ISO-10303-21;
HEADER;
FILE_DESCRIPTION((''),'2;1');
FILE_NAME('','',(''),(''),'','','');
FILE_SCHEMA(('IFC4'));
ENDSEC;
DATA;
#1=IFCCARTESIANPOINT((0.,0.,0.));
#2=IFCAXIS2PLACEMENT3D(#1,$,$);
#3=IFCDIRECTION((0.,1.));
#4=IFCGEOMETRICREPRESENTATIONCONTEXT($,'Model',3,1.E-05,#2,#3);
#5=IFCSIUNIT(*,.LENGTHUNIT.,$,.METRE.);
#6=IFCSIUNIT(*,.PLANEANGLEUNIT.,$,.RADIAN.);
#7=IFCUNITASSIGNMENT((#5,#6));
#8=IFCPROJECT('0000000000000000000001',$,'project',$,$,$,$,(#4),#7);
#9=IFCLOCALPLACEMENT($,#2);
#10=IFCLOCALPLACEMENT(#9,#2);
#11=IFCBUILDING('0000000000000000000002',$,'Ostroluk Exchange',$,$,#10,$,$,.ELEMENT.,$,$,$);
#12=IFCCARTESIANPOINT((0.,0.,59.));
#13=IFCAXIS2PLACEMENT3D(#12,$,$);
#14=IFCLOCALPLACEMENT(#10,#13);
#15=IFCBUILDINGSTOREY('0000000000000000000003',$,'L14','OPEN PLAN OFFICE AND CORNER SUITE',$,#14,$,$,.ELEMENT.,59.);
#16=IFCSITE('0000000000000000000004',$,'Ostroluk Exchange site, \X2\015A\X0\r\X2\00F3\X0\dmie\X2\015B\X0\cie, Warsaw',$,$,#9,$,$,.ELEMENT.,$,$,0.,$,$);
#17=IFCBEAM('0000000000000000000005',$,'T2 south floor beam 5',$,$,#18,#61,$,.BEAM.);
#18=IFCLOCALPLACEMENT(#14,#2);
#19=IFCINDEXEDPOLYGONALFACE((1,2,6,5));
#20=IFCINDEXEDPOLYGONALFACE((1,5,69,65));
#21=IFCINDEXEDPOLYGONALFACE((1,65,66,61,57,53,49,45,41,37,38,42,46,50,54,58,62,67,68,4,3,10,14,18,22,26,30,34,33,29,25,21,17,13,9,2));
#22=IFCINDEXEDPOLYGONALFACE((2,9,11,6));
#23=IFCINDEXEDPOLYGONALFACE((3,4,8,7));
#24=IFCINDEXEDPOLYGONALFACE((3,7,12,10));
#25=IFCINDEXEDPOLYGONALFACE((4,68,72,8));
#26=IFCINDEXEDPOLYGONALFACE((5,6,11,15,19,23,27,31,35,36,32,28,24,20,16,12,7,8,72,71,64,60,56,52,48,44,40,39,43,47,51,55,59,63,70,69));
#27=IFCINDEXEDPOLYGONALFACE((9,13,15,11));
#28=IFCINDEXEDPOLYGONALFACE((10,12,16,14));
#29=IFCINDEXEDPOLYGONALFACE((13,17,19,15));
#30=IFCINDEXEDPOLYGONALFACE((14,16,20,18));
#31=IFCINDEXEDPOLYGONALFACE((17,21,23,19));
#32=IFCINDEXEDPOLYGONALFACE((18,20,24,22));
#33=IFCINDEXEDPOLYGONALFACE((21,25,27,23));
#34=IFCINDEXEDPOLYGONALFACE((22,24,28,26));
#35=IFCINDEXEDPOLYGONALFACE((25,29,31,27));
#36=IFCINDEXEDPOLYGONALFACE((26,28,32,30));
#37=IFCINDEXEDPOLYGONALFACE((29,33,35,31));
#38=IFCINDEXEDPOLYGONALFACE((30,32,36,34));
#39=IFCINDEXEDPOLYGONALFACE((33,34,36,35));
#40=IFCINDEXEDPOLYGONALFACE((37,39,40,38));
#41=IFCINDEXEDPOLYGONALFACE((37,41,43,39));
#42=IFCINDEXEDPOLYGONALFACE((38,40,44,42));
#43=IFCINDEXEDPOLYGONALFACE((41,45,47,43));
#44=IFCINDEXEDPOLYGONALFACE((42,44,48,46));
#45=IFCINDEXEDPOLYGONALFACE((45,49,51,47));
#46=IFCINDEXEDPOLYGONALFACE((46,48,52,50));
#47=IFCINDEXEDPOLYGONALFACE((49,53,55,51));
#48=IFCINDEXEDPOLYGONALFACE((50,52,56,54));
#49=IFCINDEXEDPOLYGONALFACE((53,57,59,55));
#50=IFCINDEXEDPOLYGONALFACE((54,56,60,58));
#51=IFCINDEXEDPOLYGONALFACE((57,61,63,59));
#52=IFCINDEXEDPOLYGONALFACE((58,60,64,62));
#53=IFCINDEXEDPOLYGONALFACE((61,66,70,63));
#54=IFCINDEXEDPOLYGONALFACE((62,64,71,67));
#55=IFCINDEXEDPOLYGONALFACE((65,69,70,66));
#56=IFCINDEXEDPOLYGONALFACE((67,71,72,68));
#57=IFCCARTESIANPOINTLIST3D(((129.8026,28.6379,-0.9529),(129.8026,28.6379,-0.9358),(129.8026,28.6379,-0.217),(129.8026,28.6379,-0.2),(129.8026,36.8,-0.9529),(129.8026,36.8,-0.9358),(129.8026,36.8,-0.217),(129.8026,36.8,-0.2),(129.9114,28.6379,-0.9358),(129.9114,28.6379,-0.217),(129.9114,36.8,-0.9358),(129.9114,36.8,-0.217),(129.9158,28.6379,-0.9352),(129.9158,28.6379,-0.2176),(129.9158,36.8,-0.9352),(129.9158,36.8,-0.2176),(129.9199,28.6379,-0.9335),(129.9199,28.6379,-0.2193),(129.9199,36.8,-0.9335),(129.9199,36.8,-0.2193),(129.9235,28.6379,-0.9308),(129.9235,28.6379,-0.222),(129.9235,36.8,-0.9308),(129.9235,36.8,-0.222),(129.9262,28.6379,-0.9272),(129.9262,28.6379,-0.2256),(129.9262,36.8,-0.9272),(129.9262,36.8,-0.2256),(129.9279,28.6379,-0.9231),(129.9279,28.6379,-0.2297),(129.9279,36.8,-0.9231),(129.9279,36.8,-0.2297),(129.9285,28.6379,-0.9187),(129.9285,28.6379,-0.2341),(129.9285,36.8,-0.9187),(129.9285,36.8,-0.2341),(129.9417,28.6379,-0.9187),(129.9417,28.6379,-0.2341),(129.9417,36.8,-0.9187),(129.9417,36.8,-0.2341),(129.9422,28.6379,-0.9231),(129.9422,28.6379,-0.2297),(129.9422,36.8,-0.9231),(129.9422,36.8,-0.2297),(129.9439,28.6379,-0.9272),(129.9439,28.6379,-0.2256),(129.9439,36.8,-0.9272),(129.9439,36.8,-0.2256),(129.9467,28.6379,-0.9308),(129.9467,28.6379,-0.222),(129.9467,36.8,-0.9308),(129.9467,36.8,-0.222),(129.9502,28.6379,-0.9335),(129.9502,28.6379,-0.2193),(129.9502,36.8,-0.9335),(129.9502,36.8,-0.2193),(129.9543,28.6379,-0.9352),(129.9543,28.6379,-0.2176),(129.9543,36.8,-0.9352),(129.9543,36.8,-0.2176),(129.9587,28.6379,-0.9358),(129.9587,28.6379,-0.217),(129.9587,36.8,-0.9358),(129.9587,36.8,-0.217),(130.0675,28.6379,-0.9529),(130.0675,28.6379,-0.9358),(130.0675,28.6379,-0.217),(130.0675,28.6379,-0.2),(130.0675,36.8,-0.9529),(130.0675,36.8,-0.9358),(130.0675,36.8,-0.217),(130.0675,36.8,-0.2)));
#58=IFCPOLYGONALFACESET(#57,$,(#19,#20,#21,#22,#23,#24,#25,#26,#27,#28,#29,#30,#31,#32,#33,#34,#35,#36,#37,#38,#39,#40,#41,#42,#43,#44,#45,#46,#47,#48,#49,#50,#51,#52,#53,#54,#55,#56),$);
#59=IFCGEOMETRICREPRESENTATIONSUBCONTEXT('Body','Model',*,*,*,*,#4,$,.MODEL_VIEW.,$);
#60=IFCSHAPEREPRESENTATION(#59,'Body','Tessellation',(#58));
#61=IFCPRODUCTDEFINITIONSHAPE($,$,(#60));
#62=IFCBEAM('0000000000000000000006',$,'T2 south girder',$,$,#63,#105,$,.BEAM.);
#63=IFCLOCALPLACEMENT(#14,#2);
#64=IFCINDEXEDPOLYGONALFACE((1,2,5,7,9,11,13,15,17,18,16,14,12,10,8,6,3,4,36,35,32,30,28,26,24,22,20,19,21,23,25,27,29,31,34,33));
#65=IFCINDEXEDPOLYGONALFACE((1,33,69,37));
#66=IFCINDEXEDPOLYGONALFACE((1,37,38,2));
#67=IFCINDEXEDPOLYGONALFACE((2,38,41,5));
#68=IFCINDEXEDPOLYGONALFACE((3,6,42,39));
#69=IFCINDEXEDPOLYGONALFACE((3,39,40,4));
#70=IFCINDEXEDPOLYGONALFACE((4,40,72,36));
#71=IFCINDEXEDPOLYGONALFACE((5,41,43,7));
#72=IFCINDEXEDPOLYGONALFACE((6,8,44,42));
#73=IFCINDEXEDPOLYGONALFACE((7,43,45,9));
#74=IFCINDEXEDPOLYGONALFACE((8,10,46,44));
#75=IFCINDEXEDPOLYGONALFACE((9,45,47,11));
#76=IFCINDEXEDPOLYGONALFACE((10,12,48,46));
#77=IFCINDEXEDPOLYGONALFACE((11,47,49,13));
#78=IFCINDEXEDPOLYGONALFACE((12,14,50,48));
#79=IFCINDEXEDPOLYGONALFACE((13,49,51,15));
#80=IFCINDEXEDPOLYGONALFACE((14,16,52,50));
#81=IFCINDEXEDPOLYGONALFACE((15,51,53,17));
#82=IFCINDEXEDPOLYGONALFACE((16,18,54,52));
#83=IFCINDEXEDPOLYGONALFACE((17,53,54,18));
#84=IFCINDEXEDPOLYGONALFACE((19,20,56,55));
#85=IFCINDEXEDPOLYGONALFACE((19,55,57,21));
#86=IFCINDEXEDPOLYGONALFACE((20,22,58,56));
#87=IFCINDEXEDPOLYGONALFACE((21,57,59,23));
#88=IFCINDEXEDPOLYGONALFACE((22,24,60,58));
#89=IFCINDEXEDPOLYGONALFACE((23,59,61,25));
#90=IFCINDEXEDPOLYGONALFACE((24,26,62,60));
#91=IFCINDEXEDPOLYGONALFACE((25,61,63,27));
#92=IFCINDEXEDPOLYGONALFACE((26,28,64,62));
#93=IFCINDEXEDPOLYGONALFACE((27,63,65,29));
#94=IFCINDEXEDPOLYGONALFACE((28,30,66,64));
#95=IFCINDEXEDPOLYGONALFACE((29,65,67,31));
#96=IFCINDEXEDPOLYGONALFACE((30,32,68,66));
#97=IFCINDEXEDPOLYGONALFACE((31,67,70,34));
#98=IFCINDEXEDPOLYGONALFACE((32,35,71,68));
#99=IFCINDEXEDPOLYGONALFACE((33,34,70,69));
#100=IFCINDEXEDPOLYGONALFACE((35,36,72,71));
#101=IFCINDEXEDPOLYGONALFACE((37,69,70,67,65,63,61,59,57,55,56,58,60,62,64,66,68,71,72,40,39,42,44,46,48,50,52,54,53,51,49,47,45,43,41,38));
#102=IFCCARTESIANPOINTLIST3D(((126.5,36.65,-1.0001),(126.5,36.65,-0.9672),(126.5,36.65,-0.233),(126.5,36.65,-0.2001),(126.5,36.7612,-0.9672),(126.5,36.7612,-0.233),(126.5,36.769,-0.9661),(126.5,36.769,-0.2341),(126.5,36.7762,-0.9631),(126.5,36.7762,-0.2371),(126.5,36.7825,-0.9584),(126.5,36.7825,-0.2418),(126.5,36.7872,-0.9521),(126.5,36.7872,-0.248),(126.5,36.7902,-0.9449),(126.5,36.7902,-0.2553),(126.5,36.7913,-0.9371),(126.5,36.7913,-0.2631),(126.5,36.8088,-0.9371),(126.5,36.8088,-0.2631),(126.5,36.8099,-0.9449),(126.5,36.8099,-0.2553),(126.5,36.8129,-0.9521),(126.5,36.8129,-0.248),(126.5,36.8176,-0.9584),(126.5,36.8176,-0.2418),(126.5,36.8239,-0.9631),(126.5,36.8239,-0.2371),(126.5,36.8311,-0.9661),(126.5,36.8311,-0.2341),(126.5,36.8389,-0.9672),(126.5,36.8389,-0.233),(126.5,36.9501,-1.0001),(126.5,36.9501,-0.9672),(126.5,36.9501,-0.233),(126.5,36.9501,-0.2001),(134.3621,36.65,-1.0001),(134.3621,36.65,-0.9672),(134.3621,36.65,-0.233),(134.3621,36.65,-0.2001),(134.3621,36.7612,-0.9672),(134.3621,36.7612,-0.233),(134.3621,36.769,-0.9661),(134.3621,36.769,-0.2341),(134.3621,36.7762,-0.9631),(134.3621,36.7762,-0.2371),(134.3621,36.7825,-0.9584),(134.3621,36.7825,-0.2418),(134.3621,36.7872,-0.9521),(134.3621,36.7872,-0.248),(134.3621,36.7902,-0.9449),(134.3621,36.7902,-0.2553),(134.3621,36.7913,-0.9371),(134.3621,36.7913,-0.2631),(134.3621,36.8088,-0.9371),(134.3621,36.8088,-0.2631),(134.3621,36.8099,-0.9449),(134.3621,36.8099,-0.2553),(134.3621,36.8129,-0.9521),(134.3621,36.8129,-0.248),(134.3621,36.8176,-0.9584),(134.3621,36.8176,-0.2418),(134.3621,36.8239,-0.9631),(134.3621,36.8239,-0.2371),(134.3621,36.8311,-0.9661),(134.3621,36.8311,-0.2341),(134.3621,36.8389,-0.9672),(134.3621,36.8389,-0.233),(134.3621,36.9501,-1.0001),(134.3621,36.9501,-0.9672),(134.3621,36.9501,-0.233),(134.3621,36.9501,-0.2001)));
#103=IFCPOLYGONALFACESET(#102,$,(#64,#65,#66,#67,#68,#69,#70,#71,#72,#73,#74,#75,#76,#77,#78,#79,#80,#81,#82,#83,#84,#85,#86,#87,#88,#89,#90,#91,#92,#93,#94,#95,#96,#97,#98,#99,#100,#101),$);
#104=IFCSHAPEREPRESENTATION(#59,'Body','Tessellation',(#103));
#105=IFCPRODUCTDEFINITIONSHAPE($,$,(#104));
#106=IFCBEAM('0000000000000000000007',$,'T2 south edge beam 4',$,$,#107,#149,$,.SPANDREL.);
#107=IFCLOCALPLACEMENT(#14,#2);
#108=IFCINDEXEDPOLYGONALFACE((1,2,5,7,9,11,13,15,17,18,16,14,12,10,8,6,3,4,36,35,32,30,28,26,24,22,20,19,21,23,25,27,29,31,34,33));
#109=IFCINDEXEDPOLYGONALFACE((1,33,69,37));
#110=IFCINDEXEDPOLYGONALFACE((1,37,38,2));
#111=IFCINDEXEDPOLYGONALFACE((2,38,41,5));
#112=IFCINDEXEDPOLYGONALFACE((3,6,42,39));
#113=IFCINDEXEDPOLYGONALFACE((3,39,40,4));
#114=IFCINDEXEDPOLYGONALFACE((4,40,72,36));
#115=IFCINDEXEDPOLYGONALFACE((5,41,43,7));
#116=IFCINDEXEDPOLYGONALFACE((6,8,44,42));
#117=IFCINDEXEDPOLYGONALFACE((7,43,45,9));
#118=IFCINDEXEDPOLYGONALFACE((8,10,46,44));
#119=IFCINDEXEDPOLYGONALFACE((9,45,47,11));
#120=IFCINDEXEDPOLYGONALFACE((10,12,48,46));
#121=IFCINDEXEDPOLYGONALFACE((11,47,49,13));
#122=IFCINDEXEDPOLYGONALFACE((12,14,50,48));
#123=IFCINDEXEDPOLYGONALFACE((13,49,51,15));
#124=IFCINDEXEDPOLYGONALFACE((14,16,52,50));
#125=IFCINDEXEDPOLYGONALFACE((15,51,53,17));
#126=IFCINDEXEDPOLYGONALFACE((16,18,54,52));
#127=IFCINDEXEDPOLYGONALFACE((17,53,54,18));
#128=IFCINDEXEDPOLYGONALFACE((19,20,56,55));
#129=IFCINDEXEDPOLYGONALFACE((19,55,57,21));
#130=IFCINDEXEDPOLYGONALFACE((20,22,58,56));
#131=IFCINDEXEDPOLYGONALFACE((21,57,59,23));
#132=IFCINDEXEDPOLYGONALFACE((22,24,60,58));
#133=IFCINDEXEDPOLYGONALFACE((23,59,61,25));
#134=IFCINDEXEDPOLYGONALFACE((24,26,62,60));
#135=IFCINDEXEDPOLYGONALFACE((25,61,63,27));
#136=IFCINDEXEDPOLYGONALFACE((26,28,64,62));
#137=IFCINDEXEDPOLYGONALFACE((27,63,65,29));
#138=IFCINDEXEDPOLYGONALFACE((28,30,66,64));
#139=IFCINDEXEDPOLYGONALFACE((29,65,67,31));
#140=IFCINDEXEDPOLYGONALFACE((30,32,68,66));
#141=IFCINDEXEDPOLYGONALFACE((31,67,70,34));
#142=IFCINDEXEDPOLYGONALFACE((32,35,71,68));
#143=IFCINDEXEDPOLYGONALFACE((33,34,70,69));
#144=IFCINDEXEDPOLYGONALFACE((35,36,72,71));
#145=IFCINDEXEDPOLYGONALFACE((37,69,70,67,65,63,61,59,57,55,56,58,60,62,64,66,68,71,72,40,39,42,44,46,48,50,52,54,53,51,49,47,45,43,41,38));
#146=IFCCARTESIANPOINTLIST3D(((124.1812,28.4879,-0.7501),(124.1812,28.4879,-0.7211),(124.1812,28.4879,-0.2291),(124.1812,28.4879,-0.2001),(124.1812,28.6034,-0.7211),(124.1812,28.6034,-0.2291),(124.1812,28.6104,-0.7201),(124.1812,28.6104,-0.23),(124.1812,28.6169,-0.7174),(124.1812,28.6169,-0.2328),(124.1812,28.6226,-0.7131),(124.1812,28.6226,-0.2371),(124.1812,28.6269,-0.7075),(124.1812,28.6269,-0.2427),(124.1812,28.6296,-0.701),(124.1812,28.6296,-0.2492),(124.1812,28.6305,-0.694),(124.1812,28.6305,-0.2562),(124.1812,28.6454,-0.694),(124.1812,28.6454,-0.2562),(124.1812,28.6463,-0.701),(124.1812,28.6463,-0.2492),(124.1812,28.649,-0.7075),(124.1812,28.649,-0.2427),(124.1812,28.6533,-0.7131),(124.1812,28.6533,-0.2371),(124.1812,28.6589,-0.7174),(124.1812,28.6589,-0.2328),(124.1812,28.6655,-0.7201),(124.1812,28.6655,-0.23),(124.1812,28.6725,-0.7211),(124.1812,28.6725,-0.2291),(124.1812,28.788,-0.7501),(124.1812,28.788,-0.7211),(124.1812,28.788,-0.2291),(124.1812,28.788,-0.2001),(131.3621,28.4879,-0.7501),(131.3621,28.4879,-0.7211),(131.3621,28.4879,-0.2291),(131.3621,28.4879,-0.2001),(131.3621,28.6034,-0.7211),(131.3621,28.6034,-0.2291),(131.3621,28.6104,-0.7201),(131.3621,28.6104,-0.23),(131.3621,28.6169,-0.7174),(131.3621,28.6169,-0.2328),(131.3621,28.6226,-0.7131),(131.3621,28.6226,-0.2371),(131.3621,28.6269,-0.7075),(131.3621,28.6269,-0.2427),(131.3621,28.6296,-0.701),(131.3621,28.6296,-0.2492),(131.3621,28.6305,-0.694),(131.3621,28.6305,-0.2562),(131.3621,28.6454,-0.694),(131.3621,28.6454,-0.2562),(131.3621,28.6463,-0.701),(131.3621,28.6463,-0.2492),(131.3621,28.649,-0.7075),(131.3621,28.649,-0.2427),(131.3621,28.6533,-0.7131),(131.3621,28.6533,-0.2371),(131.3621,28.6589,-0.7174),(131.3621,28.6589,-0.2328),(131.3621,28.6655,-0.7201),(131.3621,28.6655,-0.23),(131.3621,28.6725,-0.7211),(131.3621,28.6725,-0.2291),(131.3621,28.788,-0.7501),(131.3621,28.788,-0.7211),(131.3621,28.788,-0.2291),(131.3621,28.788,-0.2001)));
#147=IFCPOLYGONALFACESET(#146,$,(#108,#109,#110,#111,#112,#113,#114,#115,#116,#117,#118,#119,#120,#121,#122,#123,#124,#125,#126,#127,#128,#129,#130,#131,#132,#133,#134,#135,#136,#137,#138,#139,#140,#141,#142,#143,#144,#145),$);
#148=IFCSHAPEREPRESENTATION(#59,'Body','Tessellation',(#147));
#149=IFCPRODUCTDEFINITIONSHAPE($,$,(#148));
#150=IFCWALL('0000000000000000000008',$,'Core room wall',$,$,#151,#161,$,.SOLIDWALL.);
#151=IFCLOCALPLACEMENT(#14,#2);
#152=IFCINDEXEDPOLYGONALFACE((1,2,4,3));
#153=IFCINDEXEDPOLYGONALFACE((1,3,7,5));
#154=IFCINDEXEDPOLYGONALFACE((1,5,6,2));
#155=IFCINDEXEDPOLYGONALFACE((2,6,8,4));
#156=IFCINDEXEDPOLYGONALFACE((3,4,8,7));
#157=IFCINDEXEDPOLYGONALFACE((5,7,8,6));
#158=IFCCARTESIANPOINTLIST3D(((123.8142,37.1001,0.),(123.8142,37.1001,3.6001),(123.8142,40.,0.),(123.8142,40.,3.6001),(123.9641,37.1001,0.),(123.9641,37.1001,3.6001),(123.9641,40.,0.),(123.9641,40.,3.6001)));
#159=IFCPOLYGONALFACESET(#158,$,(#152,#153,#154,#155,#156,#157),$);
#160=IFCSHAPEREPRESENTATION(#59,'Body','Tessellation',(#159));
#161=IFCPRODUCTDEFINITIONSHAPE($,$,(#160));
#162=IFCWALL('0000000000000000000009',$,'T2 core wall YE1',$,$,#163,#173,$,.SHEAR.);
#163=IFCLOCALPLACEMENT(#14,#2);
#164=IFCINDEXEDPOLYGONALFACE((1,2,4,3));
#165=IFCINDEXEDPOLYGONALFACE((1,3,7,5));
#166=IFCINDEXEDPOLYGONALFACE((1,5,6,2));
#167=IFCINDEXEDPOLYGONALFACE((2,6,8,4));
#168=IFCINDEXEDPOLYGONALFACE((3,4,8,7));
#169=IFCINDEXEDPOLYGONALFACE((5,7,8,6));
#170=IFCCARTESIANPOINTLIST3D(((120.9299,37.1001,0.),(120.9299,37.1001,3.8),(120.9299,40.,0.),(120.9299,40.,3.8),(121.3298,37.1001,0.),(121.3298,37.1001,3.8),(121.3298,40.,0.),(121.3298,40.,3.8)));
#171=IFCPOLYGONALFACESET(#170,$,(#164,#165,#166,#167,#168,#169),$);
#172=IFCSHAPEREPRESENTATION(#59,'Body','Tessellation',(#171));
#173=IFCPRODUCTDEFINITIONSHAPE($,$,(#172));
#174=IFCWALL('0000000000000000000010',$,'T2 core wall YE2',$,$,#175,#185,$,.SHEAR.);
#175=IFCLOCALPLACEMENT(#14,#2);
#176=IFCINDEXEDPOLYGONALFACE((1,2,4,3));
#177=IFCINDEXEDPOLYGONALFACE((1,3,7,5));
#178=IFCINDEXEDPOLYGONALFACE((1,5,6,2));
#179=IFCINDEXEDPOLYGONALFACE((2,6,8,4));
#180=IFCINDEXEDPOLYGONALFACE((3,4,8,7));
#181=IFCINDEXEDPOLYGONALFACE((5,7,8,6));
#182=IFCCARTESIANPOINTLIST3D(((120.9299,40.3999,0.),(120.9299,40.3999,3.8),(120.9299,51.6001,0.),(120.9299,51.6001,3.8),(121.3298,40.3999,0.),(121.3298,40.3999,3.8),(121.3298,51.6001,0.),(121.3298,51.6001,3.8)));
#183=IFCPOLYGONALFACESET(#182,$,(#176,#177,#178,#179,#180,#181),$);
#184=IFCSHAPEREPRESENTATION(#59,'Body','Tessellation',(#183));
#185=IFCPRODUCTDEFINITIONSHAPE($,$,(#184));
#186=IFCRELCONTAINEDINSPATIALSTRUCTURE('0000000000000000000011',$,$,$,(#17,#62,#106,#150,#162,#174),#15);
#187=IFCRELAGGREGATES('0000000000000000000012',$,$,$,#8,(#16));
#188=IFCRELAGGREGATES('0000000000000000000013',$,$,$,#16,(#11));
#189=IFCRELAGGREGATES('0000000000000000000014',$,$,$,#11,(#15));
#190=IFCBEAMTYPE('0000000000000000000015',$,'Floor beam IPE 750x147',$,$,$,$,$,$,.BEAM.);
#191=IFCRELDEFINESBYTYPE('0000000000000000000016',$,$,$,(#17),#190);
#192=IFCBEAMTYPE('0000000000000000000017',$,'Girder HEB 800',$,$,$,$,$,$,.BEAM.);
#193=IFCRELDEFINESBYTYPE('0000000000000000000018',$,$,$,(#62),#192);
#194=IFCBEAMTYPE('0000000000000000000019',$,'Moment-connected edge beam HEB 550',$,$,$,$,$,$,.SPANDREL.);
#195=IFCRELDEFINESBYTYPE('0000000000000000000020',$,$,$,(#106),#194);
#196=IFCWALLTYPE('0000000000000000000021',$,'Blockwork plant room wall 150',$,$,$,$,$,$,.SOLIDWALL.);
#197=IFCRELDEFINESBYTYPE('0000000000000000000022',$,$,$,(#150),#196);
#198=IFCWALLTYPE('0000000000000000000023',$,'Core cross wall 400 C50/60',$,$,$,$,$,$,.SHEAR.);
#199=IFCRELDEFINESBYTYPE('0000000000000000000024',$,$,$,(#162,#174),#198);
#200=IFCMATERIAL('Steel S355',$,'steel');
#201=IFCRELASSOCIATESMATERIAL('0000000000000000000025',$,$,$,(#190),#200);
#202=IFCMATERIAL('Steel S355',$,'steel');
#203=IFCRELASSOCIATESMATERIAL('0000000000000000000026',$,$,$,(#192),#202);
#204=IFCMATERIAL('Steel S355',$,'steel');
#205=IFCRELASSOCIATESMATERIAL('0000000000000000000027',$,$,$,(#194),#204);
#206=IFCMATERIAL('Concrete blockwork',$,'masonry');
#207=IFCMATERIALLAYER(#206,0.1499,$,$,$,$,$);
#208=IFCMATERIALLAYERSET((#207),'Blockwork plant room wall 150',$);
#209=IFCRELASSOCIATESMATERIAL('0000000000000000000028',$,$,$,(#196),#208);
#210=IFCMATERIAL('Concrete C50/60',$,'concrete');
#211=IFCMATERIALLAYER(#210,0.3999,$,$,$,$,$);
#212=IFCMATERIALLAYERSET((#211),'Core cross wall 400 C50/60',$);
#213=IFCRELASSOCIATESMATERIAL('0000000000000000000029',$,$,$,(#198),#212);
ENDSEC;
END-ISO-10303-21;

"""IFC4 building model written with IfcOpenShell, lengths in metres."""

from ifc_helpers import new_model, si_unit, direction, frame, frame_2d, origin, origin_2d, place, context, subcontext, project, spatial, rectangle, i_section, extrude, material, layer, layer_set, material_profile, profile_set, type_object, element, save


model = new_model("IFC4")

# Units and contexts
model_context = context("Model", 3, precision=1e-05, world=origin(), true_north=direction((0.0, 1.0)))
body_context = subcontext(model_context, "Body", "Model", "MODEL_VIEW")
ifc_project = project(units=[si_unit("LENGTHUNIT", "METRE"), si_unit("PLANEANGLEUNIT", "RADIAN")], contexts=[model_context])

# Site, building, storey
site_placement = place(None, origin())
site = spatial("IfcSite", under=ifc_project, at=site_placement, Name="Ostroluk Exchange site, Śródmieście, Warsaw", CompositionType="ELEMENT", RefElevation=0.0)
building_placement = place(site_placement, origin())
building = spatial("IfcBuilding", under=site, at=building_placement, Name="Ostroluk Exchange", CompositionType="ELEMENT")
storey_placement = place(building_placement, frame((0.0, 0.0, 59.0)))
storey = spatial("IfcBuildingStorey", under=building, at=storey_placement, Name="L14", Description="OPEN PLAN OFFICE AND CORNER SUITE", CompositionType="ELEMENT", Elevation=59.0)

# Beams
ifc_material_1 = material(Name="Steel S355", Category="steel")
ifc_material_profile_1 = material_profile(ifc_material_1, i_section(OverallWidth=0.2649, OverallDepth=0.7529, WebThickness=0.0132, FlangeThickness=0.0171, FilletRadius=0.0171, at=origin_2d()), Name="IPE 750x147")
ifc_profile_set_1 = profile_set([ifc_material_profile_1], Name="Steel S355")
beam_type_1 = type_object("IfcBeamType", Name="Floor beam IPE 750x147", PredefinedType="BEAM", material=ifc_profile_set_1)
beam_1_placement = place(storey_placement, frame((129.9351, 36.8, -0.5764), z_axis=(0.0, -1.0, 0.0), x_axis=(1.0, 0.0, 0.0)))
element("IfcBeam", 1, at=beam_1_placement, inside=storey, type_object=beam_type_1, Name="T2 south floor beam 5", PredefinedType="BEAM", context=body_context, shape_type="SweptSolid", body=[
    extrude(i_section(OverallWidth=0.2649, OverallDepth=0.7529, WebThickness=0.0132, FlangeThickness=0.0171, FilletRadius=0.0171, at=origin_2d()), origin(), (0.0, 0.0, 1.0), 8.1621),
])
ifc_material_2 = material(Name="Steel S355", Category="steel")
ifc_material_profile_2 = material_profile(ifc_material_2, i_section(OverallWidth=0.3, OverallDepth=0.8, WebThickness=0.0176, FlangeThickness=0.033, FilletRadius=0.03, at=origin_2d()), Name="HEB 800")
ifc_profile_set_2 = profile_set([ifc_material_profile_2], Name="Steel S355")
beam_type_2 = type_object("IfcBeamType", Name="Girder HEB 800", PredefinedType="BEAM", material=ifc_profile_set_2)
beam_2_placement = place(storey_placement, frame((126.5, 36.8, -0.6001), z_axis=(1.0, 0.0, 0.0), x_axis=(0.0, 1.0, 0.0)))
element("IfcBeam", 2, at=beam_2_placement, inside=storey, type_object=beam_type_2, Name="T2 south girder", PredefinedType="BEAM", context=body_context, shape_type="SweptSolid", body=[
    extrude(i_section(OverallWidth=0.3, OverallDepth=0.8, WebThickness=0.0176, FlangeThickness=0.033, FilletRadius=0.03, at=origin_2d()), origin(), (0.0, 0.0, 1.0), 7.8621),
])
ifc_material_3 = material(Name="Steel S355", Category="steel")
ifc_material_profile_3 = material_profile(ifc_material_3, i_section(OverallWidth=0.3, OverallDepth=0.55, WebThickness=0.0149, FlangeThickness=0.0291, FilletRadius=0.0271, at=origin_2d()), Name="HEB 550")
ifc_profile_set_3 = profile_set([ifc_material_profile_3], Name="Steel S355")
beam_type_3 = type_object("IfcBeamType", Name="Moment-connected edge beam HEB 550", PredefinedType="SPANDREL", material=ifc_profile_set_3)
beam_3_placement = place(storey_placement, frame((124.1812, 28.6379, -0.4751), z_axis=(1.0, 0.0, 0.0), x_axis=(0.0, 1.0, 0.0)))
element("IfcBeam", 3, at=beam_3_placement, inside=storey, type_object=beam_type_3, Name="T2 south edge beam 4", PredefinedType="SPANDREL", context=body_context, shape_type="SweptSolid", body=[
    extrude(i_section(OverallWidth=0.3, OverallDepth=0.55, WebThickness=0.0149, FlangeThickness=0.0291, FilletRadius=0.0271, at=origin_2d()), origin(), (0.0, 0.0, 1.0), 7.1809),
])

# Walls
ifc_material_4 = material(Name="Concrete blockwork", Category="masonry")
ifc_layer_1 = layer(ifc_material_4, 0.1499)
ifc_layer_set_1 = layer_set([ifc_layer_1], Name="Blockwork plant room wall 150")
wall_type_1 = type_object("IfcWallType", Name="Blockwork plant room wall 150", PredefinedType="SOLIDWALL", material=ifc_layer_set_1)
wall_1_placement = place(storey_placement, frame((123.8892, 37.1001, 0.0), z_axis=(0.0, 0.0, 1.0), x_axis=(0.0, 1.0, 0.0)))
element("IfcWall", 4, at=wall_1_placement, inside=storey, type_object=wall_type_1, Name="Core room wall", PredefinedType="SOLIDWALL", context=body_context, shape_type="SweptSolid", body=[
    extrude(rectangle(XDim=2.8999, YDim=0.1499, at=frame_2d((1.45, 0.0))), origin(), (0.0, 0.0, 1.0), 3.6001),
])
ifc_material_5 = material(Name="Concrete C50/60", Category="concrete")
ifc_layer_2 = layer(ifc_material_5, 0.3999)
ifc_layer_set_2 = layer_set([ifc_layer_2], Name="Core cross wall 400 C50/60")
wall_type_2 = type_object("IfcWallType", Name="Core cross wall 400 C50/60", PredefinedType="SHEAR", material=ifc_layer_set_2)
wall_2_placement = place(storey_placement, frame((121.1299, 37.1001, 0.0), z_axis=(0.0, 0.0, 1.0), x_axis=(0.0, 1.0, 0.0)))
element("IfcWall", 5, at=wall_2_placement, inside=storey, type_object=wall_type_2, Name="T2 core wall YE1", PredefinedType="SHEAR", context=body_context, shape_type="SweptSolid", body=[
    extrude(rectangle(XDim=2.8999, YDim=0.3999, at=frame_2d((1.45, 0.0))), origin(), (0.0, 0.0, 1.0), 3.8),
])
wall_3_placement = place(storey_placement, frame((121.1299, 40.3999, 0.0), z_axis=(0.0, 0.0, 1.0), x_axis=(0.0, 1.0, 0.0)))
element("IfcWall", 6, at=wall_3_placement, inside=storey, type_object=wall_type_2, Name="T2 core wall YE2", PredefinedType="SHEAR", context=body_context, shape_type="SweptSolid", body=[
    extrude(rectangle(XDim=11.2002, YDim=0.3999, at=frame_2d((5.6001, 0.0))), origin(), (0.0, 0.0, 1.0), 3.8),
])

save(model, "model.ifc")
